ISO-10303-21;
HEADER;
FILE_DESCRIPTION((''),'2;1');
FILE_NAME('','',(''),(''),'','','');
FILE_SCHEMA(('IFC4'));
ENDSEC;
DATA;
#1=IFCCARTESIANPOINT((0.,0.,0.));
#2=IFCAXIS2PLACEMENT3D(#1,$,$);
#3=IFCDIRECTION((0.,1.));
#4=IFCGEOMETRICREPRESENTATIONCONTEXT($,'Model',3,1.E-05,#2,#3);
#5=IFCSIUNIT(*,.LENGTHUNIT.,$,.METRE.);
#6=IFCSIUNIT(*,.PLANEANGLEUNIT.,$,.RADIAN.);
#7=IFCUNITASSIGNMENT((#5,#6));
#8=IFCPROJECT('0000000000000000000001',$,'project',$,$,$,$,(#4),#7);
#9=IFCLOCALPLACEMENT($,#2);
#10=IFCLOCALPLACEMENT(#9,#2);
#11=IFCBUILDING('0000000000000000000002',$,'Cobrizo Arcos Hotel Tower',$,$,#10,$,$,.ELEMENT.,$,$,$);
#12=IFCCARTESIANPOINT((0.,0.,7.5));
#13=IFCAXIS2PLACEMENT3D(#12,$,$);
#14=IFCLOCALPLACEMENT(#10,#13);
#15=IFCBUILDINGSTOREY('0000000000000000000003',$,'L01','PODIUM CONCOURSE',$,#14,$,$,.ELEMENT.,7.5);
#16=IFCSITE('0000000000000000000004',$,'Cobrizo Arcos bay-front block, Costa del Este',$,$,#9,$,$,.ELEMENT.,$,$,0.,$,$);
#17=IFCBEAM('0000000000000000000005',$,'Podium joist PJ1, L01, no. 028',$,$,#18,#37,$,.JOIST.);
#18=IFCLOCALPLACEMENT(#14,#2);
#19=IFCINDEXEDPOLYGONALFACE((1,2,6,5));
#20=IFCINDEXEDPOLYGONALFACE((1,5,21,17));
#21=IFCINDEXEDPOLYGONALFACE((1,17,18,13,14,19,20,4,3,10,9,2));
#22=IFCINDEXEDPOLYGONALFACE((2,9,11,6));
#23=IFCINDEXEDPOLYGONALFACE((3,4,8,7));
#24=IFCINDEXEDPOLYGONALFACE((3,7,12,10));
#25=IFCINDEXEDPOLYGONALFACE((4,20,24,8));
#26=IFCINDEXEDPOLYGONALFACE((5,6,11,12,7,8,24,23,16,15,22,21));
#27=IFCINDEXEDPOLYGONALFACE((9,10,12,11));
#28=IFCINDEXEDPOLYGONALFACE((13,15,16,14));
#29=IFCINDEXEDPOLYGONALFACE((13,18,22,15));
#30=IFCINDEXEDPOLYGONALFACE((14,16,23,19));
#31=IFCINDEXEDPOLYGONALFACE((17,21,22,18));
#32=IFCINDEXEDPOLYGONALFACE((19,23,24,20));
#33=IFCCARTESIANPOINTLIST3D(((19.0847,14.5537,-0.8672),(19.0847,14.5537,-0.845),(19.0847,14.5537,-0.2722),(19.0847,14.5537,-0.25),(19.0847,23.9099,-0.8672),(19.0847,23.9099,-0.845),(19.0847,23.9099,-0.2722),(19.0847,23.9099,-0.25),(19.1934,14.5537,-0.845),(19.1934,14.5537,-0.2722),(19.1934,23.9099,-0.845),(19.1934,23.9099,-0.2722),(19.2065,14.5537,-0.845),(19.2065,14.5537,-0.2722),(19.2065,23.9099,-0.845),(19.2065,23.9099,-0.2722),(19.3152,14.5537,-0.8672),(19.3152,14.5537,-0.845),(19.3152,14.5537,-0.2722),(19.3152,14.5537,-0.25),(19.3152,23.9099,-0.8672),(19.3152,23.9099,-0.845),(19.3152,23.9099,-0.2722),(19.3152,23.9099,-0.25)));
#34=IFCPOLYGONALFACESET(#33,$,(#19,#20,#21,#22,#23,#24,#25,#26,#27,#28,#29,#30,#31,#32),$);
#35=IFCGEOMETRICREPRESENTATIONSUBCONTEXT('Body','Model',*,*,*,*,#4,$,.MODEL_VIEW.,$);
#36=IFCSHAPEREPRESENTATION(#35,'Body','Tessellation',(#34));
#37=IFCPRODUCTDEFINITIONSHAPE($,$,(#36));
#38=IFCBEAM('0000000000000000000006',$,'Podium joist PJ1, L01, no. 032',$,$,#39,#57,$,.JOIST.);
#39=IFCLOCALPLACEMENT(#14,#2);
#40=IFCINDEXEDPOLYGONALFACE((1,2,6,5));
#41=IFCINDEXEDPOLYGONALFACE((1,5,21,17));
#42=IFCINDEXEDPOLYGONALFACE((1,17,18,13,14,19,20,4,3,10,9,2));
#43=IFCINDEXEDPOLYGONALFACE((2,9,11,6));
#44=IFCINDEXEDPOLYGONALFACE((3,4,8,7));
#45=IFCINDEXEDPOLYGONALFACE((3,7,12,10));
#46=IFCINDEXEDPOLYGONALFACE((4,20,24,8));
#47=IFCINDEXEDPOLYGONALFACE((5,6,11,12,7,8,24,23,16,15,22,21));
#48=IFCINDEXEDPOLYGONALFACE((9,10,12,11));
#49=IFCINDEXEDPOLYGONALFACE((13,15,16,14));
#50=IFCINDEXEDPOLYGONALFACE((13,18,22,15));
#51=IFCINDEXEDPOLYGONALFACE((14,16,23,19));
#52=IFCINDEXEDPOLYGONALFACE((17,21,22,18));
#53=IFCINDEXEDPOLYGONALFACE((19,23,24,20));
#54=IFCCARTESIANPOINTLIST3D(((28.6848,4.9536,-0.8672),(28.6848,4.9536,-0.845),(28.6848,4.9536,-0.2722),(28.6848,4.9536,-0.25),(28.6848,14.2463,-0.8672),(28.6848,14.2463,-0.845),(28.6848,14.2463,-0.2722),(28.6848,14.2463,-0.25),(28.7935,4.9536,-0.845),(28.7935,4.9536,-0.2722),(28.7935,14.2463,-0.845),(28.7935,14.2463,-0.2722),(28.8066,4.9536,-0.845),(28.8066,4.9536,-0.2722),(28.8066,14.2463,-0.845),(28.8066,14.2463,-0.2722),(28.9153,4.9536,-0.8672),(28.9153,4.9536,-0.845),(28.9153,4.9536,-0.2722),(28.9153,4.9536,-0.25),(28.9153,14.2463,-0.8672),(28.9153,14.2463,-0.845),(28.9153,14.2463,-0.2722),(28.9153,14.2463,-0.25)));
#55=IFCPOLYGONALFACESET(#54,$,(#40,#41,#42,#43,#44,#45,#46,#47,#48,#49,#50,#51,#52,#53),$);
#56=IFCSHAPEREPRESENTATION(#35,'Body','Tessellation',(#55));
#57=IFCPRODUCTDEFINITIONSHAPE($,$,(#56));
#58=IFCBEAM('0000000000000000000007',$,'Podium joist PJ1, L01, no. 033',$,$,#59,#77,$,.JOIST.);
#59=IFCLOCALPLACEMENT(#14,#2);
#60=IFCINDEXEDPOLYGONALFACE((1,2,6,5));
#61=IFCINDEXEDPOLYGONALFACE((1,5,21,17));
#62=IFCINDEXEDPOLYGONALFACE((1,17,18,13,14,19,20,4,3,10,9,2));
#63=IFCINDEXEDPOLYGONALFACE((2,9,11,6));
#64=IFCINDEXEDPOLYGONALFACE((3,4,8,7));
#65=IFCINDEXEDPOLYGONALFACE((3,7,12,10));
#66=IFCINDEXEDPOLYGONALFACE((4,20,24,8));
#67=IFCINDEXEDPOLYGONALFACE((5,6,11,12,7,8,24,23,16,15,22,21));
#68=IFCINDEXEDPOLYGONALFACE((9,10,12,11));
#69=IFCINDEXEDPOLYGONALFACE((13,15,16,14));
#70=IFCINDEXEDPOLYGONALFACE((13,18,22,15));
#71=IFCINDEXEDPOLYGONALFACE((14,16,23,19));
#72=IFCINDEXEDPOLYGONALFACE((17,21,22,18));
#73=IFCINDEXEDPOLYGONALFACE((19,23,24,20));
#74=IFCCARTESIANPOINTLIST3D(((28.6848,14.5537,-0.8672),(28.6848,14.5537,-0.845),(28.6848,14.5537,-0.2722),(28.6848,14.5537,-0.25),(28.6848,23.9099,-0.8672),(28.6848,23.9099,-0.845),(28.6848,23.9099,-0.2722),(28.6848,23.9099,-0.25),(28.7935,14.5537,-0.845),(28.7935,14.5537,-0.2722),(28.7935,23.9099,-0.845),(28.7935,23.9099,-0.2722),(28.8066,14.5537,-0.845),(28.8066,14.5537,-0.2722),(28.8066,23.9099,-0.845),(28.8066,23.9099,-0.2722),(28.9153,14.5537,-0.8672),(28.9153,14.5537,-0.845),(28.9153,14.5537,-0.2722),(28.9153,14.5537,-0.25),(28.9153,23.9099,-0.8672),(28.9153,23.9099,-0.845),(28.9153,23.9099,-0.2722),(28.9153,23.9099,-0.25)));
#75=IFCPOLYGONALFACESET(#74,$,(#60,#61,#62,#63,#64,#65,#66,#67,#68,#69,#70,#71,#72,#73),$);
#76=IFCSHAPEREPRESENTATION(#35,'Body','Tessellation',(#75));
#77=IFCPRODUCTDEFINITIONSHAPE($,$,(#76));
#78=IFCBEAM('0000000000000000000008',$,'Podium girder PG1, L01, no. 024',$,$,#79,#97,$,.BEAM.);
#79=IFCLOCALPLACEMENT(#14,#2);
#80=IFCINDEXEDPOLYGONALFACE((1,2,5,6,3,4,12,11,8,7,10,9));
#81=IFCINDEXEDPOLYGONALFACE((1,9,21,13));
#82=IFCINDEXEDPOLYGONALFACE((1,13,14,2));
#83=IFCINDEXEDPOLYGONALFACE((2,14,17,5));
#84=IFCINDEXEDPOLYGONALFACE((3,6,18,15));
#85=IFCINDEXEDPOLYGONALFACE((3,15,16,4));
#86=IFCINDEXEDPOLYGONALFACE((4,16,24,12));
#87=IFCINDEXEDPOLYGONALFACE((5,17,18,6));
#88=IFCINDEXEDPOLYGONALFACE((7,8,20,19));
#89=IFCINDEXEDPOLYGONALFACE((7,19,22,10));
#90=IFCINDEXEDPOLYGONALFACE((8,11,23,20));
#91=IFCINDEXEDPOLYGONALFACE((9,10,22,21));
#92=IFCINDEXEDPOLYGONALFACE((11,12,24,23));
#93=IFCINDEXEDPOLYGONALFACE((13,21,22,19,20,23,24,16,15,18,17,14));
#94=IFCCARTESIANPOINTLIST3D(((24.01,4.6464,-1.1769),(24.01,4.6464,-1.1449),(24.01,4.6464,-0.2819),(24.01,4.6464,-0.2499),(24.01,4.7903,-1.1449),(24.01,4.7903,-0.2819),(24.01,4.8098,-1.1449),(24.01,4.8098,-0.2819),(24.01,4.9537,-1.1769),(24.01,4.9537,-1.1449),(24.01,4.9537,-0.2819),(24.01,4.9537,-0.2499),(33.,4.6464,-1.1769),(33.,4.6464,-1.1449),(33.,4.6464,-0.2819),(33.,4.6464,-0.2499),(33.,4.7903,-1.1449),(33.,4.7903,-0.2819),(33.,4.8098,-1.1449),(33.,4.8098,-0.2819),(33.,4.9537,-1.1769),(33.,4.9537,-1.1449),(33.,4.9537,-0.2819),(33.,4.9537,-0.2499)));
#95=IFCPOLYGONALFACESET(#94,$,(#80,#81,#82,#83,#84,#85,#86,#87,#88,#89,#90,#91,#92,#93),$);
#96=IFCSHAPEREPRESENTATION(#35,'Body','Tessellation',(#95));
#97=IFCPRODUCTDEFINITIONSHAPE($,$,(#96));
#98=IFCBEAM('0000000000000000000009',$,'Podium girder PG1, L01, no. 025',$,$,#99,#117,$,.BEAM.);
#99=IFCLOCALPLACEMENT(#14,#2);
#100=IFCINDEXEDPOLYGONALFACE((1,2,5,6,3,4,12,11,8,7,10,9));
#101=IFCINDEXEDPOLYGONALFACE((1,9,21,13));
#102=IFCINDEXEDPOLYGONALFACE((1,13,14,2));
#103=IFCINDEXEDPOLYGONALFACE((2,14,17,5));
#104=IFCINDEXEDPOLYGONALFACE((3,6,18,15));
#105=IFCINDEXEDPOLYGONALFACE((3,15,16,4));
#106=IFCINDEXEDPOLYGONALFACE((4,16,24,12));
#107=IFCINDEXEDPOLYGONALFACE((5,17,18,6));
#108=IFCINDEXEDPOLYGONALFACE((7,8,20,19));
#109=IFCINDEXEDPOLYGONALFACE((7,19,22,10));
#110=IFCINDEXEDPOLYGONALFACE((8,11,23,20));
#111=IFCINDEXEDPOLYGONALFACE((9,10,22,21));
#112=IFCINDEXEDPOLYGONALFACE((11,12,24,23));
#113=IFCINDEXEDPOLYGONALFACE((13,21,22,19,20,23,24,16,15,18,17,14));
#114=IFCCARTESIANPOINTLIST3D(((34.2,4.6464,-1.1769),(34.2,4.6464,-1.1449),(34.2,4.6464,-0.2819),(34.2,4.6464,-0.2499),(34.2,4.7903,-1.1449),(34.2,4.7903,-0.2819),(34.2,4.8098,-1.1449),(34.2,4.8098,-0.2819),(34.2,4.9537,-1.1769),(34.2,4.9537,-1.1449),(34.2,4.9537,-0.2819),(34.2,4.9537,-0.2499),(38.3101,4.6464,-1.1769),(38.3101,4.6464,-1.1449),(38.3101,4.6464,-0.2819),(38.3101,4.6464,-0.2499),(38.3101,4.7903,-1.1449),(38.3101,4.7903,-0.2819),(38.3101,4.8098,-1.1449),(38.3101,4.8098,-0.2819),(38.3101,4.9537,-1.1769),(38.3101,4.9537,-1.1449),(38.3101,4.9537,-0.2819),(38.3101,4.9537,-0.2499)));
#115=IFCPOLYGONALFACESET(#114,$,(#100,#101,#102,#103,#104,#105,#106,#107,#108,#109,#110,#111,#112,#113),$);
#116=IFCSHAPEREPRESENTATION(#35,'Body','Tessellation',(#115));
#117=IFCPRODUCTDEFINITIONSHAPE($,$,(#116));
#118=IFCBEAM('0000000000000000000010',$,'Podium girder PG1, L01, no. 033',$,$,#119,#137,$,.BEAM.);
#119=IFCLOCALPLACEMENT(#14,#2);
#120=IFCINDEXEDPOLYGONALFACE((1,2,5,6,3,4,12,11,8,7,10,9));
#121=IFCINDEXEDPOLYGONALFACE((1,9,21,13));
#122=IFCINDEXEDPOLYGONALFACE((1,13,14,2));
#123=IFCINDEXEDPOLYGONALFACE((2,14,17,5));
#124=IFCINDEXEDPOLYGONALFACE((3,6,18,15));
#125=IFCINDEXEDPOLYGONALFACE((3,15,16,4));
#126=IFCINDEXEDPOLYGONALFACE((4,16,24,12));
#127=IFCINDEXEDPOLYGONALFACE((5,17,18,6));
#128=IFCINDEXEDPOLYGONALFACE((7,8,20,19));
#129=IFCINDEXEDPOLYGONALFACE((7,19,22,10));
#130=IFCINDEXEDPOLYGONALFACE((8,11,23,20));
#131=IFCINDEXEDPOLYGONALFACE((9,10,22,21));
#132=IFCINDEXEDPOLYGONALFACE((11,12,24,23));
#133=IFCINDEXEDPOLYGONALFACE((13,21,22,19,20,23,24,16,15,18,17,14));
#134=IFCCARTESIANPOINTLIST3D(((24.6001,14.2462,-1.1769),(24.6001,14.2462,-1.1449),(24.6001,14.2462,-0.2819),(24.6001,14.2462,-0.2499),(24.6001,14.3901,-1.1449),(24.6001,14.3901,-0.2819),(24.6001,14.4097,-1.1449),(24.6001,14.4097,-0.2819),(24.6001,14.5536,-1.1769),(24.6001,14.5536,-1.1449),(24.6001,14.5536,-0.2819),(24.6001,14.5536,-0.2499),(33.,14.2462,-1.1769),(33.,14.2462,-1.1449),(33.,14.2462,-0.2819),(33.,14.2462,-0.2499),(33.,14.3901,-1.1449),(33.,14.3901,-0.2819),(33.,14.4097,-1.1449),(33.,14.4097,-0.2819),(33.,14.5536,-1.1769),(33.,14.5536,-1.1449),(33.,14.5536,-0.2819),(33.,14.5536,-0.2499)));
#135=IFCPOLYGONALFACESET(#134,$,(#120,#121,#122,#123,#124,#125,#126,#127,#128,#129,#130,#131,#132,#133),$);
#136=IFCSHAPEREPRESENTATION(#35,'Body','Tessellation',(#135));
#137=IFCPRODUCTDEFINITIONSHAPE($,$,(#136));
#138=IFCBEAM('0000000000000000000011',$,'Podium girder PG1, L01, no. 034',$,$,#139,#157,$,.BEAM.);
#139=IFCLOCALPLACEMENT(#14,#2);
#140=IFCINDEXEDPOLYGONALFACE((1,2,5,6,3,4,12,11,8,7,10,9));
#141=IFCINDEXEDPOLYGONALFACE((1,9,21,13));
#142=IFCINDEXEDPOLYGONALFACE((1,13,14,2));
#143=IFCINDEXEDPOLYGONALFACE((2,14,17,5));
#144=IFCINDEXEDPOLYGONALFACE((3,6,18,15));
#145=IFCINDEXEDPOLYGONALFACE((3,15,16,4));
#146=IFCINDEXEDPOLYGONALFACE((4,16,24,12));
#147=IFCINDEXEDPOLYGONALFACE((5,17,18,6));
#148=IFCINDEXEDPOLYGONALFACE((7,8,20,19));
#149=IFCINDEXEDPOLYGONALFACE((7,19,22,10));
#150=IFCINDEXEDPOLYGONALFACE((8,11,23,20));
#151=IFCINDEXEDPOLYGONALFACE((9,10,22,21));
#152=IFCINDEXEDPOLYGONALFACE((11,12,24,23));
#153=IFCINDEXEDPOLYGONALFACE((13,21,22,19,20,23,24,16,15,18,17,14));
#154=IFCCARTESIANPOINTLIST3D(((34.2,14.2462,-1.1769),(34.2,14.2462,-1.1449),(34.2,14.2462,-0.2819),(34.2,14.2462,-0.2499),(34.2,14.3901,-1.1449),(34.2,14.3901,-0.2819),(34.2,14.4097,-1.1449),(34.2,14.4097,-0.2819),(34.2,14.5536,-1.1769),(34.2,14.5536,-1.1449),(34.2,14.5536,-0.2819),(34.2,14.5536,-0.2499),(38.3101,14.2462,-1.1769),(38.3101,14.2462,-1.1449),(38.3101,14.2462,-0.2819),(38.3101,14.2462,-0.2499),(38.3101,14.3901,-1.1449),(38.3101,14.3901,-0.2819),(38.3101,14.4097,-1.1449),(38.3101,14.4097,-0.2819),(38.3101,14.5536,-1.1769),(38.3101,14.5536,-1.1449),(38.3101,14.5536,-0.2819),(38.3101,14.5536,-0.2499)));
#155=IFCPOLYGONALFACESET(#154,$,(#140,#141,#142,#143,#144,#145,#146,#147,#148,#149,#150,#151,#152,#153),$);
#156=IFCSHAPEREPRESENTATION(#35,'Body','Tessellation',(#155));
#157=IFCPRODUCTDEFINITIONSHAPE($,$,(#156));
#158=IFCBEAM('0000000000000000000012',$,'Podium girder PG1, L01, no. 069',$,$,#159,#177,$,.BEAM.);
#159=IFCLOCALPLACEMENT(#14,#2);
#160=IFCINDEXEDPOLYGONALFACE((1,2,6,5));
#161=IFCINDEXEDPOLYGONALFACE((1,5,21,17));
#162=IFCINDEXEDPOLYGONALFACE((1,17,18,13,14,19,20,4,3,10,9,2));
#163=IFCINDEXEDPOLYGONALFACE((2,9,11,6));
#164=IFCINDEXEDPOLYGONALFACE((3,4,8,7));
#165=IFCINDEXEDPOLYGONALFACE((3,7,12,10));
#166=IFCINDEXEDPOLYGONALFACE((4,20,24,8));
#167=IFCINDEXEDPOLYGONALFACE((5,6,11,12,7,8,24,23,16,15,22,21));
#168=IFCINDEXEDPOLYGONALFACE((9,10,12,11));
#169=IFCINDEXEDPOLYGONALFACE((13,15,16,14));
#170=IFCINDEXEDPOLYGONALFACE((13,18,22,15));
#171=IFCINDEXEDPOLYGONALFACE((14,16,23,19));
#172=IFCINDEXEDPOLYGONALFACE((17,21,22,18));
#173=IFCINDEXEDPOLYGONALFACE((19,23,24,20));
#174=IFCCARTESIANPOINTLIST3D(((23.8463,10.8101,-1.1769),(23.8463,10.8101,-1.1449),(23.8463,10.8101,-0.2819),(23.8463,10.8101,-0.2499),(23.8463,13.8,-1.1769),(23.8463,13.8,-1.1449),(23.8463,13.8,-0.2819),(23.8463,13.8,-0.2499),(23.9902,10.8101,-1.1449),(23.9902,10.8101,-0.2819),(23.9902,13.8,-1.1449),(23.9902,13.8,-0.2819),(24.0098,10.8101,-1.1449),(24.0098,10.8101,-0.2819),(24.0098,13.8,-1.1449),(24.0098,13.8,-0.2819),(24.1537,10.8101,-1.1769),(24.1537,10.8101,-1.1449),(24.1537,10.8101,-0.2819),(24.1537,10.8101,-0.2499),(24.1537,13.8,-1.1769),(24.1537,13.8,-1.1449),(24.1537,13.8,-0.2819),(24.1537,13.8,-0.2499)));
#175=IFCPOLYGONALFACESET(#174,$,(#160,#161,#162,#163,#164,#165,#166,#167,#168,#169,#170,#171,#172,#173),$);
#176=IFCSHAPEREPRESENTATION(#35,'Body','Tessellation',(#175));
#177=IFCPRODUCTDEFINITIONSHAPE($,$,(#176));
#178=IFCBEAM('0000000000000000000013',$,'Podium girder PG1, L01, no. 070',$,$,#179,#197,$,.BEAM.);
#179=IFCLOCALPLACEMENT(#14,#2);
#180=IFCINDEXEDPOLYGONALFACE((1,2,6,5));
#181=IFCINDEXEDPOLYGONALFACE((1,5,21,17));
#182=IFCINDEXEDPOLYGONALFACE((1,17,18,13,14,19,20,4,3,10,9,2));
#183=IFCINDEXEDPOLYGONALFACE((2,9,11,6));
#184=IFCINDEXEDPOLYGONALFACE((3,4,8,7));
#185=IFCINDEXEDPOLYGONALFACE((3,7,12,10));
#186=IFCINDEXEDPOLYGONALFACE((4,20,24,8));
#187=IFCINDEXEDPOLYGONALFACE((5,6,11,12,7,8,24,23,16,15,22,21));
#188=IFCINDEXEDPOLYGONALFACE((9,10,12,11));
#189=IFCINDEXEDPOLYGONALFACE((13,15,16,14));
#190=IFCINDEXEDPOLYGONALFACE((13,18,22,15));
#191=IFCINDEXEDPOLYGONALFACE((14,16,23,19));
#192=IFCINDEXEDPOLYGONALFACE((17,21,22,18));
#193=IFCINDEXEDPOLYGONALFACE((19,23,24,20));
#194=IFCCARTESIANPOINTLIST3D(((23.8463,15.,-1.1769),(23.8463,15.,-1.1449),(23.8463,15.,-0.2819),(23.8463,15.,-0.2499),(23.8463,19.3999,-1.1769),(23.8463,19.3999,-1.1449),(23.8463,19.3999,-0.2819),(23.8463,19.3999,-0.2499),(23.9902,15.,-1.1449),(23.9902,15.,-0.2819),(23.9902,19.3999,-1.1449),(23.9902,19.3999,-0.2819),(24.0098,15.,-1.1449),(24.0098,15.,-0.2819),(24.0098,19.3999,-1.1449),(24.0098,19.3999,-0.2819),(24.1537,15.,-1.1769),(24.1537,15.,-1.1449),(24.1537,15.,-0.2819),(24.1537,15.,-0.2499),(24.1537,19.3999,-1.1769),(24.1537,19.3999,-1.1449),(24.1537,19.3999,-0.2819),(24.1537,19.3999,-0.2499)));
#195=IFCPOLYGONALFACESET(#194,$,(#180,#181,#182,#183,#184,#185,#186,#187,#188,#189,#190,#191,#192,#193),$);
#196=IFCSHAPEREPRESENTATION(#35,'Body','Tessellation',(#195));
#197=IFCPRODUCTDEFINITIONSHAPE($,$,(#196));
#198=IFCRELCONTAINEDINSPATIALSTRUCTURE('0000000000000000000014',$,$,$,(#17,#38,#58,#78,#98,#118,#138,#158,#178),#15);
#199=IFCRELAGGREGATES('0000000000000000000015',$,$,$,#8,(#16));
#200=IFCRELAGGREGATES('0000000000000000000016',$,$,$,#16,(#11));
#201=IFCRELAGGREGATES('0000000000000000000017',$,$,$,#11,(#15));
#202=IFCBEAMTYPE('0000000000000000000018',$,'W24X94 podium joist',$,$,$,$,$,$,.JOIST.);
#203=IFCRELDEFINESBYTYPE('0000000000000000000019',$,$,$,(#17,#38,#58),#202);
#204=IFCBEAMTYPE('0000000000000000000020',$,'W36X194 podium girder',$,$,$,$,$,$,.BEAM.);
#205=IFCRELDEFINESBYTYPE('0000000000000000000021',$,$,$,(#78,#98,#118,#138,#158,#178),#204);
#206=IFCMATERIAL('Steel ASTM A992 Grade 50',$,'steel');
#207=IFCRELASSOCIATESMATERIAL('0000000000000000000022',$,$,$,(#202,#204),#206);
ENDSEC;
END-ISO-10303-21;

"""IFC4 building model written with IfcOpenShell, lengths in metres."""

from ifc_helpers import new_model, si_unit, direction, frame, origin, origin_2d, place, context, subcontext, project, spatial, i_section, extrude, material, material_profile, profile_set, type_object, element, save


model = new_model("IFC4")

# Units and contexts
model_context = context("Model", 3, precision=1e-05, world=origin(), true_north=direction((0.0, 1.0)))
body_context = subcontext(model_context, "Body", "Model", "MODEL_VIEW")
ifc_project = project(units=[si_unit("LENGTHUNIT", "METRE"), si_unit("PLANEANGLEUNIT", "RADIAN")], contexts=[model_context])

# Site, building, storey
site_placement = place(None, origin())
site = spatial("IfcSite", under=ifc_project, at=site_placement, Name="Cobrizo Arcos bay-front block, Costa del Este", CompositionType="ELEMENT", RefElevation=0.0)
building_placement = place(site_placement, origin())
building = spatial("IfcBuilding", under=site, at=building_placement, Name="Cobrizo Arcos Hotel Tower", CompositionType="ELEMENT")
storey_placement = place(building_placement, frame((0.0, 0.0, 7.5)))
storey = spatial("IfcBuildingStorey", under=building, at=storey_placement, Name="L01", Description="PODIUM CONCOURSE", CompositionType="ELEMENT", Elevation=7.5)

# Beams
ifc_material_1 = material(Name="Steel ASTM A992 Grade 50", Category="steel")
ifc_material_profile_1 = material_profile(ifc_material_1, i_section(OverallWidth=0.2305, OverallDepth=0.6172, WebThickness=0.0132, FlangeThickness=0.0222, at=origin_2d()), Name="W24X94")
ifc_profile_set_1 = profile_set([ifc_material_profile_1], Name="Steel ASTM A992 Grade 50")
beam_type_1 = type_object("IfcBeamType", Name="W24X94 podium joist", PredefinedType="JOIST", material=ifc_profile_set_1)
beam_1_placement = place(storey_placement, frame((19.2, 14.5537, -0.5586), z_axis=(0.0, 1.0, 0.0), x_axis=(-1.0, 0.0, 0.0)))
element("IfcBeam", 1, at=beam_1_placement, inside=storey, type_object=beam_type_1, Name="Podium joist PJ1, L01, no. 028", PredefinedType="JOIST", context=body_context, shape_type="SweptSolid", body=[
    extrude(i_section(OverallWidth=0.2305, OverallDepth=0.6172, WebThickness=0.0132, FlangeThickness=0.0222, at=origin_2d()), origin(), (0.0, 0.0, 1.0), 9.3562),
])
beam_2_placement = place(storey_placement, frame((28.8, 4.9536, -0.5586), z_axis=(0.0, 1.0, 0.0), x_axis=(-1.0, 0.0, 0.0)))
element("IfcBeam", 2, at=beam_2_placement, inside=storey, type_object=beam_type_1, Name="Podium joist PJ1, L01, no. 032", PredefinedType="JOIST", context=body_context, shape_type="SweptSolid", body=[
    extrude(i_section(OverallWidth=0.2305, OverallDepth=0.6172, WebThickness=0.0132, FlangeThickness=0.0222, at=origin_2d()), origin(), (0.0, 0.0, 1.0), 9.2927),
])
beam_3_placement = place(storey_placement, frame((28.8, 14.5537, -0.5586), z_axis=(0.0, 1.0, 0.0), x_axis=(-1.0, 0.0, 0.0)))
element("IfcBeam", 3, at=beam_3_placement, inside=storey, type_object=beam_type_1, Name="Podium joist PJ1, L01, no. 033", PredefinedType="JOIST", context=body_context, shape_type="SweptSolid", body=[
    extrude(i_section(OverallWidth=0.2305, OverallDepth=0.6172, WebThickness=0.0132, FlangeThickness=0.0222, at=origin_2d()), origin(), (0.0, 0.0, 1.0), 9.3562),
])
ifc_material_profile_2 = material_profile(ifc_material_1, i_section(OverallWidth=0.3074, OverallDepth=0.927, WebThickness=0.0195, FlangeThickness=0.032, at=origin_2d()), Name="W36X194")
ifc_profile_set_2 = profile_set([ifc_material_profile_2], Name="Steel ASTM A992 Grade 50")
beam_type_2 = type_object("IfcBeamType", Name="W36X194 podium girder", PredefinedType="BEAM", material=ifc_profile_set_2)
beam_4_placement = place(storey_placement, frame((24.01, 4.8, -0.7134), z_axis=(1.0, 0.0, 0.0), x_axis=(0.0, 1.0, 0.0)))
element("IfcBeam", 4, at=beam_4_placement, inside=storey, type_object=beam_type_2, Name="Podium girder PG1, L01, no. 024", PredefinedType="BEAM", context=body_context, shape_type="SweptSolid", body=[
    extrude(i_section(OverallWidth=0.3074, OverallDepth=0.927, WebThickness=0.0195, FlangeThickness=0.032, at=origin_2d()), origin(), (0.0, 0.0, 1.0), 8.99),
])
beam_5_placement = place(storey_placement, frame((34.2, 4.8, -0.7134), z_axis=(1.0, 0.0, 0.0), x_axis=(0.0, 1.0, 0.0)))
element("IfcBeam", 5, at=beam_5_placement, inside=storey, type_object=beam_type_2, Name="Podium girder PG1, L01, no. 025", PredefinedType="BEAM", context=body_context, shape_type="SweptSolid", body=[
    extrude(i_section(OverallWidth=0.3074, OverallDepth=0.927, WebThickness=0.0195, FlangeThickness=0.032, at=origin_2d()), origin(), (0.0, 0.0, 1.0), 4.1101),
])
beam_6_placement = place(storey_placement, frame((24.6001, 14.3999, -0.7134), z_axis=(1.0, 0.0, 0.0), x_axis=(0.0, 1.0, 0.0)))
element("IfcBeam", 6, at=beam_6_placement, inside=storey, type_object=beam_type_2, Name="Podium girder PG1, L01, no. 033", PredefinedType="BEAM", context=body_context, shape_type="SweptSolid", body=[
    extrude(i_section(OverallWidth=0.3074, OverallDepth=0.927, WebThickness=0.0195, FlangeThickness=0.032, at=origin_2d()), origin(), (0.0, 0.0, 1.0), 8.3999),
])
beam_7_placement = place(storey_placement, frame((34.2, 14.3999, -0.7134), z_axis=(1.0, 0.0, 0.0), x_axis=(0.0, 1.0, 0.0)))
element("IfcBeam", 7, at=beam_7_placement, inside=storey, type_object=beam_type_2, Name="Podium girder PG1, L01, no. 034", PredefinedType="BEAM", context=body_context, shape_type="SweptSolid", body=[
    extrude(i_section(OverallWidth=0.3074, OverallDepth=0.927, WebThickness=0.0195, FlangeThickness=0.032, at=origin_2d()), origin(), (0.0, 0.0, 1.0), 4.1101),
])
beam_8_placement = place(storey_placement, frame((24.0, 10.8101, -0.7134), z_axis=(0.0, 1.0, 0.0), x_axis=(-1.0, 0.0, 0.0)))
element("IfcBeam", 8, at=beam_8_placement, inside=storey, type_object=beam_type_2, Name="Podium girder PG1, L01, no. 069", PredefinedType="BEAM", context=body_context, shape_type="SweptSolid", body=[
    extrude(i_section(OverallWidth=0.3074, OverallDepth=0.927, WebThickness=0.0195, FlangeThickness=0.032, at=origin_2d()), origin(), (0.0, 0.0, 1.0), 2.99),
])
beam_9_placement = place(storey_placement, frame((24.0, 15.0, -0.7134), z_axis=(0.0, 1.0, 0.0), x_axis=(-1.0, 0.0, 0.0)))
element("IfcBeam", 9, at=beam_9_placement, inside=storey, type_object=beam_type_2, Name="Podium girder PG1, L01, no. 070", PredefinedType="BEAM", context=body_context, shape_type="SweptSolid", body=[
    extrude(i_section(OverallWidth=0.3074, OverallDepth=0.927, WebThickness=0.0195, FlangeThickness=0.032, at=origin_2d()), origin(), (0.0, 0.0, 1.0), 4.3999),
])

save(model, "model.ifc")
